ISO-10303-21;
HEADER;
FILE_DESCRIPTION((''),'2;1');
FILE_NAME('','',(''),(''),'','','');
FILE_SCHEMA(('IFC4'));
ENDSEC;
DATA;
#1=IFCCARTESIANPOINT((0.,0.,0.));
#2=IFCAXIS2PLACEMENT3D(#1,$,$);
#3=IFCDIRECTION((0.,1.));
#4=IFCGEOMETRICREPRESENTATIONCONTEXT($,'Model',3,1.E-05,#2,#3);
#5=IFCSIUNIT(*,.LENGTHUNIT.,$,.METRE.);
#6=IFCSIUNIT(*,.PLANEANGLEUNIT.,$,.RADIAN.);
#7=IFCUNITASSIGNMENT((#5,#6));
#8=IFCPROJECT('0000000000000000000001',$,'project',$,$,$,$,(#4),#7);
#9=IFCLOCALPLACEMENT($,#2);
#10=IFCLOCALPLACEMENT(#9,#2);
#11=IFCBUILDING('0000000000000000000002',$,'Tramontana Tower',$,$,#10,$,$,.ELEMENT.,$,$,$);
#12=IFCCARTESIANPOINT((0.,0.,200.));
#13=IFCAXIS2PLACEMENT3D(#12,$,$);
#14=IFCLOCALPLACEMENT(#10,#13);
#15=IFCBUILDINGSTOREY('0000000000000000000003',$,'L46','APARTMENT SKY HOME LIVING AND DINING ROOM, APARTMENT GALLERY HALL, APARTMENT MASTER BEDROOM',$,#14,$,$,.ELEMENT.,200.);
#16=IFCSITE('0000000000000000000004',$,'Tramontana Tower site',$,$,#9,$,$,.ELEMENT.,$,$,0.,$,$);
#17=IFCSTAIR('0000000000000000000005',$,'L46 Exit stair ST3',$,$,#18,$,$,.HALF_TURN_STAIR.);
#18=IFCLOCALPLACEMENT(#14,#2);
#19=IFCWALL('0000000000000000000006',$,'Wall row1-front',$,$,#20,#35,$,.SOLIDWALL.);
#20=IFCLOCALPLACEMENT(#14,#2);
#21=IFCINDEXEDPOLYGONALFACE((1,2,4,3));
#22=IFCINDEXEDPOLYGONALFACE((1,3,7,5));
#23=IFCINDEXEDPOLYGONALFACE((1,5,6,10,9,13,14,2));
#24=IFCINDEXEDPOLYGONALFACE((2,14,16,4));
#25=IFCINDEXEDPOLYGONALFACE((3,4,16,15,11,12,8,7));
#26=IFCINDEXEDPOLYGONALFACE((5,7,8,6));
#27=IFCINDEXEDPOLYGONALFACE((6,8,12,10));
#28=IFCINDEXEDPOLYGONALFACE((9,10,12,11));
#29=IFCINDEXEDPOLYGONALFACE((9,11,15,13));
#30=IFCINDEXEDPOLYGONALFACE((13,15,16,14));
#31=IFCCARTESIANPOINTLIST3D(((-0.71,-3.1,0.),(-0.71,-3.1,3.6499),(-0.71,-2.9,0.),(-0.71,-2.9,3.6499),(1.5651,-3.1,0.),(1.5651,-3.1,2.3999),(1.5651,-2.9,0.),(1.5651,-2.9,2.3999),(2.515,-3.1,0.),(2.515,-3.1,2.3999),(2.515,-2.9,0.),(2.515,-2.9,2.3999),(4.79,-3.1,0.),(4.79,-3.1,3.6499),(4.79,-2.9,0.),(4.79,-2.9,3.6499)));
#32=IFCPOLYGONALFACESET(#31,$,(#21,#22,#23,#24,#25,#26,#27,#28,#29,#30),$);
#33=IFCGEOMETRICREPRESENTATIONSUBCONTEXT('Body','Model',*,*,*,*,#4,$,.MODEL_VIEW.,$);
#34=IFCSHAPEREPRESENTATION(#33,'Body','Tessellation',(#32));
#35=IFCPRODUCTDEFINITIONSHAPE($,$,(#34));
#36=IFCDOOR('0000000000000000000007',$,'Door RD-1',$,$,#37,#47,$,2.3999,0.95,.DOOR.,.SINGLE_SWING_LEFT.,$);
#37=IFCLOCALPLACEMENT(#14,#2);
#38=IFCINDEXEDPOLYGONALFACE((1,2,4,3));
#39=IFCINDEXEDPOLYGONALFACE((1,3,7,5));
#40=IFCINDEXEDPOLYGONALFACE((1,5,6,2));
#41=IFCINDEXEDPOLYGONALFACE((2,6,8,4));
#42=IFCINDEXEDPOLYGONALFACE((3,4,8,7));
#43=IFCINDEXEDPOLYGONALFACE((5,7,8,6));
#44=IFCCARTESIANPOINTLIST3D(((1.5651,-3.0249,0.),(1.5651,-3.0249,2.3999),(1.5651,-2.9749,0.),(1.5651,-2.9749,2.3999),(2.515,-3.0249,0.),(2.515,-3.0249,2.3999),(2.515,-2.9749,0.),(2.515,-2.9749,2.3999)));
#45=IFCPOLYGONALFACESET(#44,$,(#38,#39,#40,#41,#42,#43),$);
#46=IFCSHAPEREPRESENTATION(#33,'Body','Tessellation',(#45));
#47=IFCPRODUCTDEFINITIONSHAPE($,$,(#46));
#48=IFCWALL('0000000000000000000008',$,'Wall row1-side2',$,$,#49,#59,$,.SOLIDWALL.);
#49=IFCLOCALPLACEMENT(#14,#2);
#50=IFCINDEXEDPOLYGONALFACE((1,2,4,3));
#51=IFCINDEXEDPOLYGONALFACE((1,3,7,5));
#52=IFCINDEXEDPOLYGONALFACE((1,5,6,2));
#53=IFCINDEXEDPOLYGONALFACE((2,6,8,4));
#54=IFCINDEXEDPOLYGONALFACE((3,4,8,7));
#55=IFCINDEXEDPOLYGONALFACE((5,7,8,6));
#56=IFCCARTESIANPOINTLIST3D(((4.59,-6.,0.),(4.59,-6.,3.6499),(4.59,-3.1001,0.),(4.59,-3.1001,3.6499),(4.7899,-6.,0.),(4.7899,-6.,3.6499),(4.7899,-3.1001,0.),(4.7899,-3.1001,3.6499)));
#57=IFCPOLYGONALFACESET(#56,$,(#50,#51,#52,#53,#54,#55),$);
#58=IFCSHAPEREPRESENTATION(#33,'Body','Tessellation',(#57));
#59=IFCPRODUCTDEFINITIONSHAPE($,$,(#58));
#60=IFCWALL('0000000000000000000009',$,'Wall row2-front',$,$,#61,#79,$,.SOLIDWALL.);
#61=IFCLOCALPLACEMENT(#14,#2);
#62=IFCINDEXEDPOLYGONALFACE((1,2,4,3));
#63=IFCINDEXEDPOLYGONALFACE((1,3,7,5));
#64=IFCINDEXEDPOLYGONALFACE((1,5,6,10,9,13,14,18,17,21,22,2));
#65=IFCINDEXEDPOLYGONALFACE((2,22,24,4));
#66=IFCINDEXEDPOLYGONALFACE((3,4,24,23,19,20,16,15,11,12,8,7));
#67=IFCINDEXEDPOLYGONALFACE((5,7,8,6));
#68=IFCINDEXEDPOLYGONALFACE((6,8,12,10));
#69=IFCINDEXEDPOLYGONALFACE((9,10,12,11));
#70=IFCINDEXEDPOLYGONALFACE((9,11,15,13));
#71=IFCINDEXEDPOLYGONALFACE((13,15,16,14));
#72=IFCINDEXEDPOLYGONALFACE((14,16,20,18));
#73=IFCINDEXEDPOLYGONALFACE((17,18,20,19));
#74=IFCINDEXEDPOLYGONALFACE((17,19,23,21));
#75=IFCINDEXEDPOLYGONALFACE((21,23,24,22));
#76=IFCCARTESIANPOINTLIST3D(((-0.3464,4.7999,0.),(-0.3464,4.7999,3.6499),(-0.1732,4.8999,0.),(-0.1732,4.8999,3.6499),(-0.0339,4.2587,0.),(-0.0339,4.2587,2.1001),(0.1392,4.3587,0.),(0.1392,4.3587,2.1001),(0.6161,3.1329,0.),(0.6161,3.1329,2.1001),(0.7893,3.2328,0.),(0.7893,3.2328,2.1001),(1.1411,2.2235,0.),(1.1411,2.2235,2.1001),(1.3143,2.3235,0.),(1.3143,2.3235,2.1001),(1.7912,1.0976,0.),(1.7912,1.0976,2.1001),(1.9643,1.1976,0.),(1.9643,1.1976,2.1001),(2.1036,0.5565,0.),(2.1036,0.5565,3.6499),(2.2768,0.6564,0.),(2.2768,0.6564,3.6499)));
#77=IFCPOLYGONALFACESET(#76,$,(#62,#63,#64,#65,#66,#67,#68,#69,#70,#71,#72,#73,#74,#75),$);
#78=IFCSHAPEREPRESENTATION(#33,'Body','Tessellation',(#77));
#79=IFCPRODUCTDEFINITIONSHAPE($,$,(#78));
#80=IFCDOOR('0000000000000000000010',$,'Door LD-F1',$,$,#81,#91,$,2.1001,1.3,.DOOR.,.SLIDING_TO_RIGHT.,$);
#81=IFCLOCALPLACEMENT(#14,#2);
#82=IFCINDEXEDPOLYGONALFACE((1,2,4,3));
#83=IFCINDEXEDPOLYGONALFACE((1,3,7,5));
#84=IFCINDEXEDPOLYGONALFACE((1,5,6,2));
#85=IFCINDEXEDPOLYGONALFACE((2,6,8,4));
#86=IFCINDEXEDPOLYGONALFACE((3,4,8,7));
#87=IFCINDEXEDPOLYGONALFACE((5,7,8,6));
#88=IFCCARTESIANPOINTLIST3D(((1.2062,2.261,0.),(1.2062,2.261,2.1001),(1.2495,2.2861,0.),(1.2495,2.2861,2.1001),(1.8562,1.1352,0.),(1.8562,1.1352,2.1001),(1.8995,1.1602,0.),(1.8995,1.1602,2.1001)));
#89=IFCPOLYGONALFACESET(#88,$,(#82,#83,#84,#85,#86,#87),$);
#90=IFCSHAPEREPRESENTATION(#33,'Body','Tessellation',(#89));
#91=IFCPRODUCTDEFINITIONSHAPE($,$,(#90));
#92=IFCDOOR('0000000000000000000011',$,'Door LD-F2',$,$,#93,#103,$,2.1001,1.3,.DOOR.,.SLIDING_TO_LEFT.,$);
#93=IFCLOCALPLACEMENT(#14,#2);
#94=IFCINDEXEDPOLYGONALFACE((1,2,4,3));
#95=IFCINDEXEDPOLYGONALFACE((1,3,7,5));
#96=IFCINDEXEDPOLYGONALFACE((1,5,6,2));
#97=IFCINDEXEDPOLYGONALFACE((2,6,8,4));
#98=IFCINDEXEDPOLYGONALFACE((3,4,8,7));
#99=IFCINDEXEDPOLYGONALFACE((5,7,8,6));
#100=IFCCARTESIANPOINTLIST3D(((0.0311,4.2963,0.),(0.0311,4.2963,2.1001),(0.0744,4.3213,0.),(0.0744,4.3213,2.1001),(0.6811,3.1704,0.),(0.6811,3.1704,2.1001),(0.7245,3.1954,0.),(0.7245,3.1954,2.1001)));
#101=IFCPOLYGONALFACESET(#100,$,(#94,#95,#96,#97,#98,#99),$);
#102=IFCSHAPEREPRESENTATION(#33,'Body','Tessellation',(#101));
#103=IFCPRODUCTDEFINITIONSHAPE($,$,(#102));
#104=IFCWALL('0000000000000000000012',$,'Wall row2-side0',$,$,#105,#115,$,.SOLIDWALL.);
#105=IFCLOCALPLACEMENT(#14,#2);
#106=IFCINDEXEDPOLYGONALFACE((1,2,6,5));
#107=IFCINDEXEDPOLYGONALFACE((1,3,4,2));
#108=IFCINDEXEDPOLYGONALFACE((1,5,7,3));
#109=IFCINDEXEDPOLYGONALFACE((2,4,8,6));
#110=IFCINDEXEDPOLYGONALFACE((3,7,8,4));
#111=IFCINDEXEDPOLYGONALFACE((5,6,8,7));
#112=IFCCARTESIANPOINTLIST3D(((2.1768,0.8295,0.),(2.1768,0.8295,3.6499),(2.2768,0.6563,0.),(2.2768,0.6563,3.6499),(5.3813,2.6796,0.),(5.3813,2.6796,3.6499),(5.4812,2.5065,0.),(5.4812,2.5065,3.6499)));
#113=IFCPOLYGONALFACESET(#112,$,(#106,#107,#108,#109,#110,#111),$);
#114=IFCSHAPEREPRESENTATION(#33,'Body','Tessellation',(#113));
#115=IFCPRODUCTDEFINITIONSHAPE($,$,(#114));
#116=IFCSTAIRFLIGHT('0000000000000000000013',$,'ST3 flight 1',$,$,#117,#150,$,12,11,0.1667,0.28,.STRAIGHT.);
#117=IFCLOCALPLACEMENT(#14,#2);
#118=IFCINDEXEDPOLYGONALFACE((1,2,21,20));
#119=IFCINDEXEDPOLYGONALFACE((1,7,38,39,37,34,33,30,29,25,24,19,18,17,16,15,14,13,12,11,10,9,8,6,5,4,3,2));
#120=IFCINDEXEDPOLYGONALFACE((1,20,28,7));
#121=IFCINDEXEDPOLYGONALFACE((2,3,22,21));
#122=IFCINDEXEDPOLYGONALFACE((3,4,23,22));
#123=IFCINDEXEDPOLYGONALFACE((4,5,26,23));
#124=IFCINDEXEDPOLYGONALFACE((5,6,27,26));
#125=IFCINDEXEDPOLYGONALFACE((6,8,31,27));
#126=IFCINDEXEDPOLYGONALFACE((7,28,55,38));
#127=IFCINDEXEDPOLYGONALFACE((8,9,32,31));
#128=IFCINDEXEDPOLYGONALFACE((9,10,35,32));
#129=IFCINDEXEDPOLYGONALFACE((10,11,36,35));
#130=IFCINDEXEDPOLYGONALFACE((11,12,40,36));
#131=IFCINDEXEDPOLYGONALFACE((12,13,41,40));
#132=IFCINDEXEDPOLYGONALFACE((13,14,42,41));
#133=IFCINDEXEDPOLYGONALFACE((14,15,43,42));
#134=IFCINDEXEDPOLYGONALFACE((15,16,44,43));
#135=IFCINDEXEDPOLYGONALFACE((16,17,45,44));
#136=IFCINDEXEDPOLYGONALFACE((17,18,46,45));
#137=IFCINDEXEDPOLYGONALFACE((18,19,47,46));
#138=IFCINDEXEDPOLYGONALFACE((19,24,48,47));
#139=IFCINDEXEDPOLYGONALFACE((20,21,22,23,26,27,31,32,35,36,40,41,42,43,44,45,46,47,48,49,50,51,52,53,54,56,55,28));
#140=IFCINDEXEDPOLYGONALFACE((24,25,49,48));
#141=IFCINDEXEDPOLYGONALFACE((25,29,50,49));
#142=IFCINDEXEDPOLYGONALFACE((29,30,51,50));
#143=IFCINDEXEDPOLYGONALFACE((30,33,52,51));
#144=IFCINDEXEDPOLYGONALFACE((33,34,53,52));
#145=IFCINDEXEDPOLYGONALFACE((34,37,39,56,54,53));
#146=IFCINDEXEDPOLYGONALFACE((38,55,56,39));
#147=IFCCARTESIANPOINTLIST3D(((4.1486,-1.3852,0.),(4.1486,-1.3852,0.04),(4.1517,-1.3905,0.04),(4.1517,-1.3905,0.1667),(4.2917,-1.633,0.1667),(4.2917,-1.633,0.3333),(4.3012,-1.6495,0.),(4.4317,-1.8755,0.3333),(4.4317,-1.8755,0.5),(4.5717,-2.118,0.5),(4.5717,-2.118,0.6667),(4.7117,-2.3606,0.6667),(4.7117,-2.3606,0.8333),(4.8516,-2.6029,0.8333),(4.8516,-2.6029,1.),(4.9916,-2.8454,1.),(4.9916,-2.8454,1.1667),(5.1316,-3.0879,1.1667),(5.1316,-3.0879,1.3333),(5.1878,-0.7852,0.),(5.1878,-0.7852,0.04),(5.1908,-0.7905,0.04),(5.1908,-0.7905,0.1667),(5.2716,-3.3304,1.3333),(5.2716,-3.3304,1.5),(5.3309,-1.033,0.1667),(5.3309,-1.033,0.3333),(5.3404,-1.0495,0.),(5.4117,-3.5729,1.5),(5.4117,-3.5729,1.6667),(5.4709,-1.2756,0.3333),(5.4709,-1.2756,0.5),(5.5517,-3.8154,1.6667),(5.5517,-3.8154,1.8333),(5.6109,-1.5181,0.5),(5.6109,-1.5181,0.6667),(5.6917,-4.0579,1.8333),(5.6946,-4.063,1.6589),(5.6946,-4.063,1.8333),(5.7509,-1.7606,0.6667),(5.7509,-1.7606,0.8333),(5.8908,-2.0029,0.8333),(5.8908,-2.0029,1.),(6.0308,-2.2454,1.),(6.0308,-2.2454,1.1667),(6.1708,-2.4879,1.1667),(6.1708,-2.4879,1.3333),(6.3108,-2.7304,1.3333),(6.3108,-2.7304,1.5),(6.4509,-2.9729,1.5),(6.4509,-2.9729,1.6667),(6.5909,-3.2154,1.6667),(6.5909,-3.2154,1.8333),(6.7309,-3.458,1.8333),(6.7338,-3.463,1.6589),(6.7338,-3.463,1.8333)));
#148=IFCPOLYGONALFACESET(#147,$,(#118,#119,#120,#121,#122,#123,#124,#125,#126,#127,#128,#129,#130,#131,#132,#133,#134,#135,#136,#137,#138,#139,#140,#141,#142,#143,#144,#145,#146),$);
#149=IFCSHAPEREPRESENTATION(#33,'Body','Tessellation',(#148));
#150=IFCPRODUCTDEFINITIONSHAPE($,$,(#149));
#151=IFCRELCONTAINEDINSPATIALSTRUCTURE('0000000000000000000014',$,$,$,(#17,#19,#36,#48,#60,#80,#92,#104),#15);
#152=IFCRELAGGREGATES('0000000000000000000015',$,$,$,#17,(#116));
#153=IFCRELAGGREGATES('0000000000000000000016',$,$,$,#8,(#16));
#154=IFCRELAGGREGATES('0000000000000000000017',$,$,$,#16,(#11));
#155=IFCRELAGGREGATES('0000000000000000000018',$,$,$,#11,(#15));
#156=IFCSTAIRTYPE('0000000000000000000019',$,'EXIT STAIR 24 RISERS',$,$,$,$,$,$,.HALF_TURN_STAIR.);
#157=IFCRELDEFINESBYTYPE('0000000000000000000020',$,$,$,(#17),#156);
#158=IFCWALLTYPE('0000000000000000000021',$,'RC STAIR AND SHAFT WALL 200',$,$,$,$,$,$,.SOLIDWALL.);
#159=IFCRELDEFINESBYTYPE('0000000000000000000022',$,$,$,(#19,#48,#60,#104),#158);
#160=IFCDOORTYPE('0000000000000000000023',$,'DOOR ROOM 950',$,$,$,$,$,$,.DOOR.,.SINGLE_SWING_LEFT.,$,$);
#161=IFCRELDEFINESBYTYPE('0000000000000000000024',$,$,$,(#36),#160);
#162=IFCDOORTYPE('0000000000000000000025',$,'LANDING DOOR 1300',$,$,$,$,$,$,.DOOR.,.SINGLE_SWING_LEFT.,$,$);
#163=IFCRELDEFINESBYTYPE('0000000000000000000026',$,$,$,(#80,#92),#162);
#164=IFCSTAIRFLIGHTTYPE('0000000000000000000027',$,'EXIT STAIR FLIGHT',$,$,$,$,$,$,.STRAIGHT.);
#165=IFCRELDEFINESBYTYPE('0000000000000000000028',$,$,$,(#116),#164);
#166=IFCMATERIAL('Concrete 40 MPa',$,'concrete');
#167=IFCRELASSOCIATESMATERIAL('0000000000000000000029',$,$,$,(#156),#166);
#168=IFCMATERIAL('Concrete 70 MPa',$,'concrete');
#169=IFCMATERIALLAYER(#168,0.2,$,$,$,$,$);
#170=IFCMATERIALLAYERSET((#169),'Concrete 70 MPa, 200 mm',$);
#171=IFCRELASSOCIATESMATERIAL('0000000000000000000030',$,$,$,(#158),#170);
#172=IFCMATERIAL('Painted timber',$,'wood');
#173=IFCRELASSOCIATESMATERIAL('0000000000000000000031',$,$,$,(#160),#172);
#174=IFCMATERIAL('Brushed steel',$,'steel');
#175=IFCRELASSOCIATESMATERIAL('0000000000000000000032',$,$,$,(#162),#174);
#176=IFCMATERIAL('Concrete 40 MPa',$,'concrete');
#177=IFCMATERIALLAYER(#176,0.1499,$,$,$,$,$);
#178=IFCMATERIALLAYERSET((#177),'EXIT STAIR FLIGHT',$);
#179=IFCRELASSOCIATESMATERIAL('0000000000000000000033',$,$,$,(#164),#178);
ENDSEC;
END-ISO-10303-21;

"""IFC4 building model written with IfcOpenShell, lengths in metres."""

from ifc_helpers import new_model, si_unit, direction, frame, frame_2d, origin, place, context, subcontext, project, spatial, polyline, rectangle, outline, extrude, material, layer, layer_set, type_object, element, fill, aggregate, save


model = new_model("IFC4")

# Units and contexts
model_context = context("Model", 3, precision=1e-05, world=origin(), true_north=direction((0.0, 1.0)))
body_context = subcontext(model_context, "Body", "Model", "MODEL_VIEW")
ifc_project = project(units=[si_unit("LENGTHUNIT", "METRE"), si_unit("PLANEANGLEUNIT", "RADIAN")], contexts=[model_context])

# Site, building, storey
site_placement = place(None, origin())
site = spatial("IfcSite", under=ifc_project, at=site_placement, Name="Tramontana Tower site", CompositionType="ELEMENT", RefElevation=0.0)
building_placement = place(site_placement, origin())
building = spatial("IfcBuilding", under=site, at=building_placement, Name="Tramontana Tower", CompositionType="ELEMENT")
storey_placement = place(building_placement, frame((0.0, 0.0, 200.0)))
storey = spatial("IfcBuildingStorey", under=building, at=storey_placement, Name="L46", Description="APARTMENT SKY HOME LIVING AND DINING ROOM, APARTMENT GALLERY HALL, APARTMENT MASTER BEDROOM", CompositionType="ELEMENT", Elevation=200.0)

# Stair
ifc_material_1 = material(Name="Concrete 40 MPa", Category="concrete")
stair_type = type_object("IfcStairType", Name="EXIT STAIR 24 RISERS", PredefinedType="HALF_TURN_STAIR", material=ifc_material_1)
stair_1_placement = place(storey_placement, origin())
stair_1 = element("IfcStair", 1, at=stair_1_placement, inside=storey, type_object=stair_type, Name="L46 Exit stair ST3", PredefinedType="HALF_TURN_STAIR")

# Shared definitions
ifc_material_2 = material(Name="Concrete 70 MPa", Category="concrete")
ifc_layer_1 = layer(ifc_material_2, 0.2)
ifc_layer_set_1 = layer_set([ifc_layer_1], Name="Concrete 70 MPa, 200 mm")
wall_type = type_object("IfcWallType", Name="RC STAIR AND SHAFT WALL 200", PredefinedType="SOLIDWALL", material=ifc_layer_set_1)

# Wall, opening, door
wall_1_placement = place(storey_placement, frame((4.79, -3.0, 0.0), z_axis=(0.0, 0.0, 1.0), x_axis=(-1.0, 0.0, 0.0)))
wall_1 = element("IfcWall", 2, at=wall_1_placement, inside=storey, type_object=wall_type, Name="Wall row1-front", PredefinedType="SOLIDWALL", context=body_context, shape_type="SweptSolid", body=[
    extrude(rectangle(XDim=5.5, YDim=0.2, at=frame_2d((2.75, 0.0))), origin(), (0.0, 0.0, 1.0), 3.6499),
])
opening_1_placement = place(wall_1_placement, frame((2.2749, 0.0, 0.0)))
opening_1 = element("IfcOpeningElement", 3, at=opening_1_placement, cuts=wall_1, PredefinedType="OPENING", context=body_context, shape_type="SweptSolid", body=[
    extrude(rectangle(XDim=0.95, YDim=2.3999, at=frame_2d((0.4751, 1.2))), frame((0.0, 0.1099, 0.0), z_axis=(0.0, -1.0, 0.0), x_axis=(1.0, 0.0, 0.0)), (0.0, 0.0, 1.0), 0.22),
])
ifc_material_3 = material(Name="Painted timber", Category="wood")
door_type_1 = type_object("IfcDoorType", Name="DOOR ROOM 950", OperationType="SINGLE_SWING_LEFT", PredefinedType="DOOR", material=ifc_material_3)
door_1_placement = place(opening_1_placement, origin())
door_1 = element("IfcDoor", 4, at=door_1_placement, inside=storey, type_object=door_type_1, Name="Door RD-1", OperationType="SINGLE_SWING_LEFT", OverallHeight=2.3999, OverallWidth=0.95, PredefinedType="DOOR", context=body_context, shape_type="SweptSolid", body=[
    extrude(rectangle(XDim=0.95, YDim=2.3999, at=frame_2d((0.4751, 1.2))), frame((0.0, 0.0249, 0.0), z_axis=(0.0, -1.0, 0.0), x_axis=(1.0, 0.0, 0.0)), (0.0, 0.0, 1.0), 0.05),
])
fill(opening_1, door_1)

# Wall
wall_2_placement = place(storey_placement, frame((4.6899, -3.1001, 0.0), z_axis=(0.0, 0.0, 1.0), x_axis=(0.0, -1.0, 0.0)))
element("IfcWall", 5, at=wall_2_placement, inside=storey, type_object=wall_type, Name="Wall row1-side2", PredefinedType="SOLIDWALL", context=body_context, shape_type="SweptSolid", body=[
    extrude(rectangle(XDim=2.8999, YDim=0.2, at=frame_2d((1.45, 0.0))), origin(), (0.0, 0.0, 1.0), 3.6499),
])

# Wall, openings, doors
wall_3_placement = place(storey_placement, frame((2.1902, 0.6064, 0.0), z_axis=(0.0, 0.0, 1.0), x_axis=(-0.500003, 0.866024, 0.0)))
wall_3 = element("IfcWall", 6, at=wall_3_placement, inside=storey, type_object=wall_type, Name="Wall row2-front", PredefinedType="SOLIDWALL", context=body_context, shape_type="SweptSolid", body=[
    extrude(rectangle(XDim=4.8999, YDim=0.2, at=frame_2d((2.45, 0.0))), origin(), (0.0, 0.0, 1.0), 3.6499),
])
opening_2_placement = place(wall_3_placement, frame((0.625, 0.0, 0.0)))
opening_2 = element("IfcOpeningElement", 7, at=opening_2_placement, cuts=wall_3, PredefinedType="OPENING", context=body_context, shape_type="SweptSolid", body=[
    extrude(rectangle(XDim=1.3, YDim=2.1001, at=frame_2d((0.6499, 1.05))), frame((0.0, 0.1099, 0.0), z_axis=(0.0, -1.0, 0.0), x_axis=(1.0, 0.0, 0.0)), (0.0, 0.0, 1.0), 0.22),
])
opening_3_placement = place(wall_3_placement, frame((2.9751, 0.0, 0.0)))
opening_3 = element("IfcOpeningElement", 8, at=opening_3_placement, cuts=wall_3, PredefinedType="OPENING", context=body_context, shape_type="SweptSolid", body=[
    extrude(rectangle(XDim=1.3, YDim=2.1001, at=frame_2d((0.6499, 1.05))), frame((0.0, 0.1099, 0.0), z_axis=(0.0, -1.0, 0.0), x_axis=(1.0, 0.0, 0.0)), (0.0, 0.0, 1.0), 0.22),
])
ifc_material_4 = material(Name="Brushed steel", Category="steel")
door_type_2 = type_object("IfcDoorType", Name="LANDING DOOR 1300", OperationType="SINGLE_SWING_LEFT", PredefinedType="DOOR", material=ifc_material_4)
door_2_placement = place(opening_2_placement, origin())
door_2 = element("IfcDoor", 9, at=door_2_placement, inside=storey, type_object=door_type_2, Name="Door LD-F1", OperationType="SLIDING_TO_RIGHT", OverallHeight=2.1001, OverallWidth=1.3, PredefinedType="DOOR", context=body_context, shape_type="SweptSolid", body=[
    extrude(rectangle(XDim=1.3, YDim=2.1001, at=frame_2d((0.6499, 1.05))), frame((0.0, 0.0249, 0.0), z_axis=(0.0, -1.0, 0.0), x_axis=(1.0, 0.0, 0.0)), (0.0, 0.0, 1.0), 0.05),
])
fill(opening_2, door_2)
door_3_placement = place(opening_3_placement, origin())
door_3 = element("IfcDoor", 10, at=door_3_placement, inside=storey, type_object=door_type_2, Name="Door LD-F2", OperationType="SLIDING_TO_LEFT", OverallHeight=2.1001, OverallWidth=1.3, PredefinedType="DOOR", context=body_context, shape_type="SweptSolid", body=[
    extrude(rectangle(XDim=1.3, YDim=2.1001, at=frame_2d((0.6499, 1.05))), frame((0.0, 0.0249, 0.0), z_axis=(0.0, -1.0, 0.0), x_axis=(1.0, 0.0, 0.0)), (0.0, 0.0, 1.0), 0.05),
])
fill(opening_3, door_3)

# Wall
wall_4_placement = place(storey_placement, frame((2.2268, 0.7429, 0.0), z_axis=(0.0, 0.0, 1.0), x_axis=(0.866017, 0.500014, 0.0)))
element("IfcWall", 11, at=wall_4_placement, inside=storey, type_object=wall_type, Name="Wall row2-side0", PredefinedType="SOLIDWALL", context=body_context, shape_type="SweptSolid", body=[
    extrude(rectangle(XDim=3.7002, YDim=0.2, at=frame_2d((1.8501, 0.0))), origin(), (0.0, 0.0, 1.0), 3.6499),
])

# Stair flight
ifc_material_5 = material(Name="Concrete 40 MPa", Category="concrete")
ifc_layer_2 = layer(ifc_material_5, 0.1499)
ifc_layer_set_2 = layer_set([ifc_layer_2], Name="EXIT STAIR FLIGHT")
stair_flight_type = type_object("IfcStairFlightType", Name="EXIT STAIR FLIGHT", PredefinedType="STRAIGHT", material=ifc_layer_set_2)
stair_flight_placement = place(storey_placement, frame((4.6711, -1.0906, 0.0), z_axis=(0.0, 0.0, 1.0), x_axis=(0.5, -0.866025, 0.0)))
stair_flight = element("IfcStairFlight", 12, at=stair_flight_placement, type_object=stair_flight_type, Name="ST3 flight 1", NumberOfRisers=12, NumberOfTreads=11, PredefinedType="STRAIGHT", RiserHeight=0.1667, TreadLength=0.28, context=body_context, shape_type="SweptSolid", body=[
    extrude(outline(polyline([(-0.0061, 0.0), (-0.0061, 0.04), (0.0, 0.04), (0.0, 0.1667), (0.28, 0.1667), (0.28, 0.3333), (0.5601, 0.3333), (0.5601, 0.5), (0.8401, 0.5), (0.8401, 0.6667), (1.1201, 0.6667), (1.1201, 0.8333), (1.3999, 0.8333), (1.3999, 1.0), (1.6799, 1.0), (1.6799, 1.1667), (1.96, 1.1667), (1.96, 1.3333), (2.24, 1.3333), (2.24, 1.5), (2.52, 1.5), (2.52, 1.6667), (2.8, 1.6667), (2.8, 1.8333), (3.0801, 1.8333), (3.0859, 1.8333), (3.0859, 1.6589), (0.2991, 0.0), (-0.0061, 0.0)])), frame((0.0, 0.6001, 0.0), z_axis=(0.0, -1.0, 0.0), x_axis=(1.0, 0.0, 0.0)), (0.0, 0.0, 1.0), 1.2),
])
aggregate(stair_1, [stair_flight])

save(model, "model.ifc")
